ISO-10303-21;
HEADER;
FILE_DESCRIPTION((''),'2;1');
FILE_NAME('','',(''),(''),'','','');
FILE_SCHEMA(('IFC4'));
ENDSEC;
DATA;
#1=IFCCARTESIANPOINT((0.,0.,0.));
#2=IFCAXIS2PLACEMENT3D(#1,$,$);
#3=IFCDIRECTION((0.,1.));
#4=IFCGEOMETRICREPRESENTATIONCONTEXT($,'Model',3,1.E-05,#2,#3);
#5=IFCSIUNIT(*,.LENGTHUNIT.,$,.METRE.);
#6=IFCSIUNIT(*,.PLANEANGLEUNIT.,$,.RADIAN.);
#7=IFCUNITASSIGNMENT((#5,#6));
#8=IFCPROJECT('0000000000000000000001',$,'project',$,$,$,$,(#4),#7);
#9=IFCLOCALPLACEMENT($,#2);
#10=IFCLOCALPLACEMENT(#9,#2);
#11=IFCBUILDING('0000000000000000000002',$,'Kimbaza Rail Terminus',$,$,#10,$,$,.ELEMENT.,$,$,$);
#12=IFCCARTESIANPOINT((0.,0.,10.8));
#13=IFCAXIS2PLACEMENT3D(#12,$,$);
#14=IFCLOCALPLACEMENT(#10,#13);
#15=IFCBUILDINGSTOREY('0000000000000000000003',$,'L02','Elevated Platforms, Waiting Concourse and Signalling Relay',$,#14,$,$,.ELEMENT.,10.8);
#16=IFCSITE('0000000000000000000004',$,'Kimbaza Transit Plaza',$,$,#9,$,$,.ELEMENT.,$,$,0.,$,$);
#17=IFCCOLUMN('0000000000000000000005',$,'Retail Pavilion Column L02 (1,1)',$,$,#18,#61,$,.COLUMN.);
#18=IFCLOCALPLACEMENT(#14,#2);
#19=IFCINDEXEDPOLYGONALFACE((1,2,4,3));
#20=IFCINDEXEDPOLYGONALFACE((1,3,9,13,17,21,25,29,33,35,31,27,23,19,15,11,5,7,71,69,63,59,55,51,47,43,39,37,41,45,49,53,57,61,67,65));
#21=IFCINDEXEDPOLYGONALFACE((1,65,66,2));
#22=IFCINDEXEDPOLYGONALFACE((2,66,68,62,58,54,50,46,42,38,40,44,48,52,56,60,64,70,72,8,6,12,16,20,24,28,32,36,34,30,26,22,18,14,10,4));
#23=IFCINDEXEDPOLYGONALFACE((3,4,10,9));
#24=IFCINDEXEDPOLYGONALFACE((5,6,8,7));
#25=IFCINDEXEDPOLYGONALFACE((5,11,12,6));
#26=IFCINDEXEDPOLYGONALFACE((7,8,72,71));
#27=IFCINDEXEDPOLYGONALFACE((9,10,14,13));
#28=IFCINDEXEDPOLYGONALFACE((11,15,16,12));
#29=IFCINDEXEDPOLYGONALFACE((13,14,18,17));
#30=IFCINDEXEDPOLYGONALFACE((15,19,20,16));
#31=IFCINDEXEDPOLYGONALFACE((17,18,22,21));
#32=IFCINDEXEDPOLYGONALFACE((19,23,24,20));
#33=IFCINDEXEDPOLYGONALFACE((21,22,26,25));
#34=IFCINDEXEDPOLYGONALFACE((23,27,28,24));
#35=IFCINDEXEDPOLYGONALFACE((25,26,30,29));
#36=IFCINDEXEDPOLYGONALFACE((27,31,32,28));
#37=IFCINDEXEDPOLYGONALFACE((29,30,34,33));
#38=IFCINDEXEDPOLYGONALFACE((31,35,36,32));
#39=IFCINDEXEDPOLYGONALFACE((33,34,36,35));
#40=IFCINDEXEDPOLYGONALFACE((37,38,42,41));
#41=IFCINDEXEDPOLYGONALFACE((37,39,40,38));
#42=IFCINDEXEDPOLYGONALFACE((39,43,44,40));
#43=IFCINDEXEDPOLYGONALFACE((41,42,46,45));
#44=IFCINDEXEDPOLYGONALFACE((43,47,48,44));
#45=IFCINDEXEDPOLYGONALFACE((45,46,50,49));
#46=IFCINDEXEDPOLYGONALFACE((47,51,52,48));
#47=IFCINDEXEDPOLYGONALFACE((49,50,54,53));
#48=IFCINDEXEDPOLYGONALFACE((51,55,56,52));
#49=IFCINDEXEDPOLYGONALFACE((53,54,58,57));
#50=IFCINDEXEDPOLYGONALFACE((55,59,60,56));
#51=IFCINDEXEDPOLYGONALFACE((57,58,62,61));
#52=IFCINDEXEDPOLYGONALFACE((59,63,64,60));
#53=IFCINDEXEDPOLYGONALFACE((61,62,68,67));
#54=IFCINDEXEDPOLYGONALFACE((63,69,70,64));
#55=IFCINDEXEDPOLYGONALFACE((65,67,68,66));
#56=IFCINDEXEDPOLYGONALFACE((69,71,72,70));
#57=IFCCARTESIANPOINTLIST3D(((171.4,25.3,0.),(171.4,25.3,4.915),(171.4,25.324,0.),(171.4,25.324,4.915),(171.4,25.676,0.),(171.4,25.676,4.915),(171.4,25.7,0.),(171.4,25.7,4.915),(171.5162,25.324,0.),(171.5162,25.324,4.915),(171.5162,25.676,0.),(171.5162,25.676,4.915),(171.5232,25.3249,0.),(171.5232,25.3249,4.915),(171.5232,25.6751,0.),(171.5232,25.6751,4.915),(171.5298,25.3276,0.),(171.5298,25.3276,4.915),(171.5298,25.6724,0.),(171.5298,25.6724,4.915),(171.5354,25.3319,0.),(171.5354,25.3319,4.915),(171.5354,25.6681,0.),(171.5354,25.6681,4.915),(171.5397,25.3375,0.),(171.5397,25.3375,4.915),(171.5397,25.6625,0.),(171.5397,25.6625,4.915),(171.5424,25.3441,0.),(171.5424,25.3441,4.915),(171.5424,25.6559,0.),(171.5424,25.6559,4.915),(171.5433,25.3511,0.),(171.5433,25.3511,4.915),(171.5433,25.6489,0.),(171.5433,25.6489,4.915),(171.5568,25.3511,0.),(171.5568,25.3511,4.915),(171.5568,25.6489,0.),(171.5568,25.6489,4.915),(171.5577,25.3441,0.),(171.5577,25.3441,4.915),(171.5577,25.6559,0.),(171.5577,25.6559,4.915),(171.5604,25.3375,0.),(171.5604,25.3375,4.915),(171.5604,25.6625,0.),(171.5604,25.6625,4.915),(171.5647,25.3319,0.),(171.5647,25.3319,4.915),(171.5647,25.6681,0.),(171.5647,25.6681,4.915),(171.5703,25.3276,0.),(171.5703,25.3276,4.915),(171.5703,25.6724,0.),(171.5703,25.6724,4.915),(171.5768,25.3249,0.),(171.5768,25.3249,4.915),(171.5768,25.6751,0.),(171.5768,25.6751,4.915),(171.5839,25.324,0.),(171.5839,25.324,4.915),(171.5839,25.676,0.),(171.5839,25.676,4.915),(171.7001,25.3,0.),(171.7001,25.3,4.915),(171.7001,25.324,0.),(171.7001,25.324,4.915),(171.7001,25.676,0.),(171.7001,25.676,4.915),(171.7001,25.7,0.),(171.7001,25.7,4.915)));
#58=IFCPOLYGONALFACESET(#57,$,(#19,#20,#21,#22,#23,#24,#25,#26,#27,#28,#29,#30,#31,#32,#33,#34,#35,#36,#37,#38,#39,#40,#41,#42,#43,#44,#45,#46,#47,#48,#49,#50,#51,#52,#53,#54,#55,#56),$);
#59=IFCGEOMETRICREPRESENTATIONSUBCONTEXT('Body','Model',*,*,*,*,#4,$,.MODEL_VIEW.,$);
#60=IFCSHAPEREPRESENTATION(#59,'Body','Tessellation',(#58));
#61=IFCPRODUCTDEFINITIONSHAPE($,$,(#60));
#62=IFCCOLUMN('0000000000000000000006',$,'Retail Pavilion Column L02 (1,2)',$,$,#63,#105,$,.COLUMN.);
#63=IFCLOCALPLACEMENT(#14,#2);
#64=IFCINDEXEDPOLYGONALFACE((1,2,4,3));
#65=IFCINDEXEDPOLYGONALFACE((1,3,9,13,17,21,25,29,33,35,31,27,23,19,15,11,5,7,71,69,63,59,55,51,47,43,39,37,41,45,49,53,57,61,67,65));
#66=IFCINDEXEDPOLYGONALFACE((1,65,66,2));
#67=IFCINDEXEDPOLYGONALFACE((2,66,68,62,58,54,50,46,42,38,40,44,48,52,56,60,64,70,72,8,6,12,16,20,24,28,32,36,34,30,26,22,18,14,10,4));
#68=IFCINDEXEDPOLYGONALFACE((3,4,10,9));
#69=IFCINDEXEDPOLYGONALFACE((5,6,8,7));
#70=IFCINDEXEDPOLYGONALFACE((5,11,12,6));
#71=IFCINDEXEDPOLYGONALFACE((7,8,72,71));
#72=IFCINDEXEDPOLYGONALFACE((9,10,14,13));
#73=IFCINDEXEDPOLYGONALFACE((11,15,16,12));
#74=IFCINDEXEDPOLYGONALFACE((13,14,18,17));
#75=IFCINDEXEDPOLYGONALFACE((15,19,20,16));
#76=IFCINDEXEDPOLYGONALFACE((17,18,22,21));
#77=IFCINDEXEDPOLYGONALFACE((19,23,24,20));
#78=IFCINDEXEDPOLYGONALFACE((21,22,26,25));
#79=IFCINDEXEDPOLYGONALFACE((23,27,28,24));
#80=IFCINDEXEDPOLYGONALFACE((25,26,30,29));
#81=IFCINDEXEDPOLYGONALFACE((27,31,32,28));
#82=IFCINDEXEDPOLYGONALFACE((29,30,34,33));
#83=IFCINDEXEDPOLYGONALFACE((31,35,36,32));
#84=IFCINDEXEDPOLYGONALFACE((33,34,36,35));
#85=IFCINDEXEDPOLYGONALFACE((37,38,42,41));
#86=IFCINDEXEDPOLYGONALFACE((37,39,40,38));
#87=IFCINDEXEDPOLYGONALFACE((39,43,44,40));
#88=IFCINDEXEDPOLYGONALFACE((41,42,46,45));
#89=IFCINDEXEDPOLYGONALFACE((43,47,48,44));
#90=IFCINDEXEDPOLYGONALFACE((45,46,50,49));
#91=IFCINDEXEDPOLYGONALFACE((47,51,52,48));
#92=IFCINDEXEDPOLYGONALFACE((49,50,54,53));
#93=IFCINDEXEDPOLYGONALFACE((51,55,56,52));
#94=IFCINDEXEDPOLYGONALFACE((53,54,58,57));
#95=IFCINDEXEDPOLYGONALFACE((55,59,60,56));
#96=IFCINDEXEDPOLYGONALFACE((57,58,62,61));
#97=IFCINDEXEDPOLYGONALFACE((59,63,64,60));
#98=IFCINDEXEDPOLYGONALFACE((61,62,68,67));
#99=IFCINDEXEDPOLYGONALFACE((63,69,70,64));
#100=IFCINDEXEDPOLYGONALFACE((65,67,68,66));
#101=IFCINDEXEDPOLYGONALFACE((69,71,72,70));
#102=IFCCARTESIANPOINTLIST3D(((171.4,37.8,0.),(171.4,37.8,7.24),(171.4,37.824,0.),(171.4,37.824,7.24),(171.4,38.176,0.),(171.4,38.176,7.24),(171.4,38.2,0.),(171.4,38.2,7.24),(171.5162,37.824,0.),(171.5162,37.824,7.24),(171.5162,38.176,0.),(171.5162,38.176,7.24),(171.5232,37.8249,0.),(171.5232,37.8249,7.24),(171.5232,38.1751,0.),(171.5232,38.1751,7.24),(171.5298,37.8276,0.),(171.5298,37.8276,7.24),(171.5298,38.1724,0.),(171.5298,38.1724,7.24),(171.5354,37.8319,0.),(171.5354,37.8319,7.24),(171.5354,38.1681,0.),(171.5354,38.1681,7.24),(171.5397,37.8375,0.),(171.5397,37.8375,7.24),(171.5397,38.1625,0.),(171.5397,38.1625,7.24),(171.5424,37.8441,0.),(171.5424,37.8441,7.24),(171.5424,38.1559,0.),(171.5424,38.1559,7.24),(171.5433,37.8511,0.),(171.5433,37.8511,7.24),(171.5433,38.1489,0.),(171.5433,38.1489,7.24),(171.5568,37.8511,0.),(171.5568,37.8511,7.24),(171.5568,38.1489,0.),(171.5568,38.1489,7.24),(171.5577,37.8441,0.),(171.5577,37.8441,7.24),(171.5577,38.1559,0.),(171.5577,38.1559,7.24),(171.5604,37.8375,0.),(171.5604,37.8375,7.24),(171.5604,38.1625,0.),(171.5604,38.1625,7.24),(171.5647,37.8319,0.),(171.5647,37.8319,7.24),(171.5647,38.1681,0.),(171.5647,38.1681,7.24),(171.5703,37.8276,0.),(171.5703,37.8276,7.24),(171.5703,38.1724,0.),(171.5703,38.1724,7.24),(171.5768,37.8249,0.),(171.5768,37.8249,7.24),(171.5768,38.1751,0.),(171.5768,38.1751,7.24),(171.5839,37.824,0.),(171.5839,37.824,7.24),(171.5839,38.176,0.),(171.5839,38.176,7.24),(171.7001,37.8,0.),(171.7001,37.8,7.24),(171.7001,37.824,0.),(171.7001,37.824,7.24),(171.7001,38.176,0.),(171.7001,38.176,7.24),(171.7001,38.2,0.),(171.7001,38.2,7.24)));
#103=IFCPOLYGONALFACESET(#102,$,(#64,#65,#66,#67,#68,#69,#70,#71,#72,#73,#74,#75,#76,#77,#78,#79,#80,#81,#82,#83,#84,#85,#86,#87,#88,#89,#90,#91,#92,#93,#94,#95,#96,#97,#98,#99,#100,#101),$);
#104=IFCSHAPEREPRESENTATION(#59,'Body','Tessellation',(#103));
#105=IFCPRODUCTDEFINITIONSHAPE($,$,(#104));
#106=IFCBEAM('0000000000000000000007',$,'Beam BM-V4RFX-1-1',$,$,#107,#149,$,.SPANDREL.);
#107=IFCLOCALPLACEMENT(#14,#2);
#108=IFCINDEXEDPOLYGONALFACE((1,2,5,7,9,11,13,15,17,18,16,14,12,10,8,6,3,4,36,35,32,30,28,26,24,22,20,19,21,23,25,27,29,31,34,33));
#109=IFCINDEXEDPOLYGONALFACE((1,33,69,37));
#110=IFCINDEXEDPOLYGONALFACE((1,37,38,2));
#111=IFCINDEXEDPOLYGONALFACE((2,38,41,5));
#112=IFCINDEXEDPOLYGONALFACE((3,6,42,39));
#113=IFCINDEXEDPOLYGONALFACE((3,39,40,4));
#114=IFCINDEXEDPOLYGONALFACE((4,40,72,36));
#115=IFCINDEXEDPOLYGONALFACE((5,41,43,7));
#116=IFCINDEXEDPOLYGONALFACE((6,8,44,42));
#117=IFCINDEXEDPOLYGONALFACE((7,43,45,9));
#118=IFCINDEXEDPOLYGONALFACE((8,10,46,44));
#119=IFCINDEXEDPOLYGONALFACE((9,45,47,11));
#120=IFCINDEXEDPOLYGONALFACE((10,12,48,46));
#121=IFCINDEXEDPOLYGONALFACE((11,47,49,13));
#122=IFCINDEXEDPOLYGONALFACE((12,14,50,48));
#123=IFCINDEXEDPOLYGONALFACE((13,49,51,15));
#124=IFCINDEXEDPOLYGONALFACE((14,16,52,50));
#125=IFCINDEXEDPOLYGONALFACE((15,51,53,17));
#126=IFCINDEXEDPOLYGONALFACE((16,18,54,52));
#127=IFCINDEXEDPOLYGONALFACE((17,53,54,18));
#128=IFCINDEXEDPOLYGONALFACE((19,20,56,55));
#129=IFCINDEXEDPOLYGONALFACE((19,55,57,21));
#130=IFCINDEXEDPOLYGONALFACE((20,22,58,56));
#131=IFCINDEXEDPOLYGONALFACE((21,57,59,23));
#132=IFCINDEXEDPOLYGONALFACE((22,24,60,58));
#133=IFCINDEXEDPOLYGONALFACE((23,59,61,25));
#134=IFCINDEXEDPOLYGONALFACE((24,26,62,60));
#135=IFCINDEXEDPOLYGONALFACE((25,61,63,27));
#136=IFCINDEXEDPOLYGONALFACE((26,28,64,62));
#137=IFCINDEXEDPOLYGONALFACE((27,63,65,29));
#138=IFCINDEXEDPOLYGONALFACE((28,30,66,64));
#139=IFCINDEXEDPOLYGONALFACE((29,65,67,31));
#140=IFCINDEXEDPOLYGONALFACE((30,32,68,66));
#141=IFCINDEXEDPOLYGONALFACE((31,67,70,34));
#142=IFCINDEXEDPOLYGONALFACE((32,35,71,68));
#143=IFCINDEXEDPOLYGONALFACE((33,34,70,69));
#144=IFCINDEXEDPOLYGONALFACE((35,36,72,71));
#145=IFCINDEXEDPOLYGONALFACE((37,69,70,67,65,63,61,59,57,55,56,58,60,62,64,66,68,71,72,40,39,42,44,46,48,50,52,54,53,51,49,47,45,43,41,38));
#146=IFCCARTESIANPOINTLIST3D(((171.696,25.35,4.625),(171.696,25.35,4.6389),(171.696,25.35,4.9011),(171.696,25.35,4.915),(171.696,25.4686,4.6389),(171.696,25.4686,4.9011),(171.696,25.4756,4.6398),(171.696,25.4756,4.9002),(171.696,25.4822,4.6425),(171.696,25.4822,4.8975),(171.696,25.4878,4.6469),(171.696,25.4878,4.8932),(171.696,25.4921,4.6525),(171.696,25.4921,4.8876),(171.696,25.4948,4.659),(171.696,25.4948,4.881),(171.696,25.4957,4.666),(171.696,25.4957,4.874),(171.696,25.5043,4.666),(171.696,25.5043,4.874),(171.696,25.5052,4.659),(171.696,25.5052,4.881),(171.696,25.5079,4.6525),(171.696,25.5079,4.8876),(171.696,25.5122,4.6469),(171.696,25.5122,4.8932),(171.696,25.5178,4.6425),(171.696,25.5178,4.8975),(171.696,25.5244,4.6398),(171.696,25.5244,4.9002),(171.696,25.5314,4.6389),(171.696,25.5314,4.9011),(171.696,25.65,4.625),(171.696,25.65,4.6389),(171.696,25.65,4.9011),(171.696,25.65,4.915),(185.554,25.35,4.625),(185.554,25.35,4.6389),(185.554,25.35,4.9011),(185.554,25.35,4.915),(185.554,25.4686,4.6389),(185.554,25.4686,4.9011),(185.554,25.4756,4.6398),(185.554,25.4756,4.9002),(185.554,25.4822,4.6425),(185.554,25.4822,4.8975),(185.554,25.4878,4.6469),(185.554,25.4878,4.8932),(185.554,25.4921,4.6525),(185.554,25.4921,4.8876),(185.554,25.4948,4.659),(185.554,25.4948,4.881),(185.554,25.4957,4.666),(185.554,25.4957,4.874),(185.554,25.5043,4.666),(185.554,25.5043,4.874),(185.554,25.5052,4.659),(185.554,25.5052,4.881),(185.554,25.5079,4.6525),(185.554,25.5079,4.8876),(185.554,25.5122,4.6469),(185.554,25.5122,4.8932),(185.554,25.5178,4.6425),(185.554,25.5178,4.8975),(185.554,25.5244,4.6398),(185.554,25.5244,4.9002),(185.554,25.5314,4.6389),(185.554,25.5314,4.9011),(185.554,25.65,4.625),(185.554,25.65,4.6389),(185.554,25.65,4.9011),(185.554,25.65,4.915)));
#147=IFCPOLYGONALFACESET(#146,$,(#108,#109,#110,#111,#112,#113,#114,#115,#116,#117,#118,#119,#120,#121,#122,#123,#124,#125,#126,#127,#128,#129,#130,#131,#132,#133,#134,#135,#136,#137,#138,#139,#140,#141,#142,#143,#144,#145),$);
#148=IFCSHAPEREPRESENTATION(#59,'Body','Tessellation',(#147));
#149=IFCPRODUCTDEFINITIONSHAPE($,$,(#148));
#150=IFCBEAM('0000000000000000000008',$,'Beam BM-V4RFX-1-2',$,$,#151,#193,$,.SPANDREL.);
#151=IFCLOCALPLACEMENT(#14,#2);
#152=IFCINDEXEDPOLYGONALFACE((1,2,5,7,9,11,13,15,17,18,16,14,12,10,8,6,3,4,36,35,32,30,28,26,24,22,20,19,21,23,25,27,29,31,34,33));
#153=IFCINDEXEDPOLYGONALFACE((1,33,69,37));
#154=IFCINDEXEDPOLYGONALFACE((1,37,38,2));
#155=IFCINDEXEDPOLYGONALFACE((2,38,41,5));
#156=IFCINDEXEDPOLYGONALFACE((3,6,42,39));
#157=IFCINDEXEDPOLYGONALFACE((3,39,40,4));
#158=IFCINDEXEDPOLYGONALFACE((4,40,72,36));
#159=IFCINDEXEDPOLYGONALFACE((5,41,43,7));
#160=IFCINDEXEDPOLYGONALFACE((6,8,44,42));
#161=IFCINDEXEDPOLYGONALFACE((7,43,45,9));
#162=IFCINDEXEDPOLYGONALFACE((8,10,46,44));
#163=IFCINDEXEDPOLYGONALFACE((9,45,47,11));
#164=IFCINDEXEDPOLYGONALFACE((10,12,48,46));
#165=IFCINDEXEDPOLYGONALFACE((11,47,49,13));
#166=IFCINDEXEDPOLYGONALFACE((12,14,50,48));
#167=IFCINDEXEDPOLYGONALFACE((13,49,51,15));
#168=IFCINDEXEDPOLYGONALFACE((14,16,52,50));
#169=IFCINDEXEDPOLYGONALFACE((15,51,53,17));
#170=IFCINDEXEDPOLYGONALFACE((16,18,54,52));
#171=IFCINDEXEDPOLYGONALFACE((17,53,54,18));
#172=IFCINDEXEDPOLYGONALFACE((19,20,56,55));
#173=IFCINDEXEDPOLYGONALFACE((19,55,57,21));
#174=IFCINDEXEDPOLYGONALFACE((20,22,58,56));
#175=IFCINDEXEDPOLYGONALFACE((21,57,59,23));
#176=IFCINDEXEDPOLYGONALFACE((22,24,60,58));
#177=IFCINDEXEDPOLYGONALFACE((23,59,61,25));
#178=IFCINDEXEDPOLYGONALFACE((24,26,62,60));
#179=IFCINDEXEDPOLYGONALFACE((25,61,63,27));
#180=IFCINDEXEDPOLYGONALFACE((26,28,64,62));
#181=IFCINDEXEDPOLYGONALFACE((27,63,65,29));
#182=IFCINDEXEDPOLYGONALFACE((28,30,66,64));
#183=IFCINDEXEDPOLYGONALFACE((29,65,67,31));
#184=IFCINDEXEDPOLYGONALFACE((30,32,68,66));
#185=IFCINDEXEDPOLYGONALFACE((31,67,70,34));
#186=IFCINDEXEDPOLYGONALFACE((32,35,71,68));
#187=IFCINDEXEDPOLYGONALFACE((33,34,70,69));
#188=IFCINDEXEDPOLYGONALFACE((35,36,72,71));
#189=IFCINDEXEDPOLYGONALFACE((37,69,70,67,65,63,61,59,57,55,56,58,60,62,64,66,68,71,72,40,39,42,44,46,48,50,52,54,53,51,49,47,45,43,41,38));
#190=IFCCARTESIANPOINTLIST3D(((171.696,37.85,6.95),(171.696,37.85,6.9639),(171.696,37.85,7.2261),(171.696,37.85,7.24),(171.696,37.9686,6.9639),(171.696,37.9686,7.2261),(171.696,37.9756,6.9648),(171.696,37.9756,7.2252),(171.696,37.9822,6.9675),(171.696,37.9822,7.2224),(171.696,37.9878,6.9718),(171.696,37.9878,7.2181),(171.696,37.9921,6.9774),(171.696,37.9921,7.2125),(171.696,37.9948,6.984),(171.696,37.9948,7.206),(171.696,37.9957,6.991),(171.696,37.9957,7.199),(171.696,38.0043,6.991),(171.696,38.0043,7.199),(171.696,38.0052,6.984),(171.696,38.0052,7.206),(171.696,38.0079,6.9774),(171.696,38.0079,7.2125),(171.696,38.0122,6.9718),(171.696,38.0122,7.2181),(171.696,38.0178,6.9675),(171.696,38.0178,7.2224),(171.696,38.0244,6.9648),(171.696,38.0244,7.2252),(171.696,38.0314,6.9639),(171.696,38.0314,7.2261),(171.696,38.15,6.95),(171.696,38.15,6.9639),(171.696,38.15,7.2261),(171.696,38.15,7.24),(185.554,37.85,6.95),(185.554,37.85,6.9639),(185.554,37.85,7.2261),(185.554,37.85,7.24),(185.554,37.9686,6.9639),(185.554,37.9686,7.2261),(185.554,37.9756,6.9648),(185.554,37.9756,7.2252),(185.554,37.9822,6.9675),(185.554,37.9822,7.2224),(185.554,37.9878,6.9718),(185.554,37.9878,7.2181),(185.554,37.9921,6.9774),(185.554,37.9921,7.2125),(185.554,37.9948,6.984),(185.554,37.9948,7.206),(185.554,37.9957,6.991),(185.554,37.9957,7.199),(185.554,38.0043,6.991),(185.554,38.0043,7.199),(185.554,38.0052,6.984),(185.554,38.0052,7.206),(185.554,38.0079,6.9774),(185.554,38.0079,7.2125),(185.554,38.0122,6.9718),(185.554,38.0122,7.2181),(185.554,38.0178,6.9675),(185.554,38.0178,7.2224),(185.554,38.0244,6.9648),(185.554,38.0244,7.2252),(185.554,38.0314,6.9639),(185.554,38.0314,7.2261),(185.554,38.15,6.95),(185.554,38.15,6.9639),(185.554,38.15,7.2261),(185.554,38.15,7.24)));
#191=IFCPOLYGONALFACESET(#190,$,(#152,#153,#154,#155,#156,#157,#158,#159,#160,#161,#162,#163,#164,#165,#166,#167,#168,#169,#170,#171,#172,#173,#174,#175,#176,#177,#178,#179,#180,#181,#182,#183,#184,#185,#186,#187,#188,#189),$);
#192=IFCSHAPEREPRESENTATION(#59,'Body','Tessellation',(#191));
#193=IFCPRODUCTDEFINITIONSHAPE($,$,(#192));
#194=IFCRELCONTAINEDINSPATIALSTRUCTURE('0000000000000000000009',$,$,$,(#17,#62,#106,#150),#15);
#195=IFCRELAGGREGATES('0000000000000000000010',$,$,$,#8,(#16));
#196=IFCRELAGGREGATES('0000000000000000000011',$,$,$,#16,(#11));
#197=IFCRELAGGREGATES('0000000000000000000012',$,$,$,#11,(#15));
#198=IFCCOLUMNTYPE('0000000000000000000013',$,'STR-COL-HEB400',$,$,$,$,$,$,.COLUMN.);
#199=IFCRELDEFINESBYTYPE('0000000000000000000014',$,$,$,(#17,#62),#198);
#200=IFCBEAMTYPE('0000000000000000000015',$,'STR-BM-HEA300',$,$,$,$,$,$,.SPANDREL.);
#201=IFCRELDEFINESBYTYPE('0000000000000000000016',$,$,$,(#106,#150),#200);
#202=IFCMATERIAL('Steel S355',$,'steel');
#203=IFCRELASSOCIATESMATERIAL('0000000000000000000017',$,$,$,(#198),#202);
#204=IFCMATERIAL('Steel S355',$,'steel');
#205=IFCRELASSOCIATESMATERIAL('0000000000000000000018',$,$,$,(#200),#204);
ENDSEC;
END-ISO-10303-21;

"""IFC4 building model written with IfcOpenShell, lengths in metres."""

from ifc_helpers import new_model, si_unit, direction, frame, origin, origin_2d, place, context, subcontext, project, spatial, i_section, extrude, material, material_profile, profile_set, type_object, element, save


model = new_model("IFC4")

# Units and contexts
model_context = context("Model", 3, precision=1e-05, world=origin(), true_north=direction((0.0, 1.0)))
body_context = subcontext(model_context, "Body", "Model", "MODEL_VIEW")
ifc_project = project(units=[si_unit("LENGTHUNIT", "METRE"), si_unit("PLANEANGLEUNIT", "RADIAN")], contexts=[model_context])

# Site, building, storey
site_placement = place(None, origin())
site = spatial("IfcSite", under=ifc_project, at=site_placement, Name="Kimbaza Transit Plaza", CompositionType="ELEMENT", RefElevation=0.0)
building_placement = place(site_placement, origin())
building = spatial("IfcBuilding", under=site, at=building_placement, Name="Kimbaza Rail Terminus", CompositionType="ELEMENT")
storey_placement = place(building_placement, frame((0.0, 0.0, 10.8)))
storey = spatial("IfcBuildingStorey", under=building, at=storey_placement, Name="L02", Description="Elevated Platforms, Waiting Concourse and Signalling Relay", CompositionType="ELEMENT", Elevation=10.8)

# Columns
ifc_material_1 = material(Name="Steel S355", Category="steel")
ifc_material_profile_1 = material_profile(ifc_material_1, i_section(OverallWidth=0.3, OverallDepth=0.3999, WebThickness=0.0134, FlangeThickness=0.0239, FilletRadius=0.0271, at=origin_2d()), Name="HEB 400")
ifc_profile_set_1 = profile_set([ifc_material_profile_1], Name="Steel S355")
column_type = type_object("IfcColumnType", Name="STR-COL-HEB400", PredefinedType="COLUMN", material=ifc_profile_set_1)
column_1_placement = place(storey_placement, frame((171.55, 25.5, 0.0), z_axis=(0.0, 0.0, 1.0), x_axis=(1.0, 0.0, 0.0)))
element("IfcColumn", 1, at=column_1_placement, inside=storey, type_object=column_type, Name="Retail Pavilion Column L02 (1,1)", PredefinedType="COLUMN", context=body_context, shape_type="SweptSolid", body=[
    extrude(i_section(OverallWidth=0.3, OverallDepth=0.3999, WebThickness=0.0134, FlangeThickness=0.0239, FilletRadius=0.0271, at=origin_2d()), origin(), (0.0, 0.0, 1.0), 4.915),
])
column_2_placement = place(storey_placement, frame((171.55, 38.0, 0.0), z_axis=(0.0, 0.0, 1.0), x_axis=(1.0, 0.0, 0.0)))
element("IfcColumn", 2, at=column_2_placement, inside=storey, type_object=column_type, Name="Retail Pavilion Column L02 (1,2)", PredefinedType="COLUMN", context=body_context, shape_type="SweptSolid", body=[
    extrude(i_section(OverallWidth=0.3, OverallDepth=0.3999, WebThickness=0.0134, FlangeThickness=0.0239, FilletRadius=0.0271, at=origin_2d()), origin(), (0.0, 0.0, 1.0), 7.24),
])

# Beams
ifc_material_2 = material(Name="Steel S355", Category="steel")
ifc_material_profile_2 = material_profile(ifc_material_2, i_section(OverallWidth=0.3, OverallDepth=0.29, WebThickness=0.0085, FlangeThickness=0.0139, FilletRadius=0.0271, at=origin_2d()), Name="HEA 300")
ifc_profile_set_2 = profile_set([ifc_material_profile_2], Name="Steel S355")
beam_type_1 = type_object("IfcBeamType", Name="STR-BM-HEA300", PredefinedType="SPANDREL", material=ifc_profile_set_2)
for number, where, z_axis, x_axis, name in (
    (3, (171.696, 25.5, 4.77), (1.0, 0.0, 0.0), (0.0, 1.0, 0.0), "Beam BM-V4RFX-1-1"),
    (4, (171.696, 38.0, 7.095), (1.0, 0.0, 0.0), (0.0, 1.0, 0.0), "Beam BM-V4RFX-1-2"),
):
    element("IfcBeam", number, at=place(storey_placement, frame(where, z_axis=z_axis, x_axis=x_axis)), inside=storey, type_object=beam_type_1, Name=name, PredefinedType="SPANDREL", context=body_context, shape_type="SweptSolid", body=[
        extrude(i_section(OverallWidth=0.3, OverallDepth=0.29, WebThickness=0.0085, FlangeThickness=0.0139, FilletRadius=0.0271, at=origin_2d()), origin(), (0.0, 0.0, 1.0), 13.8579),
    ])

save(model, "model.ifc")
